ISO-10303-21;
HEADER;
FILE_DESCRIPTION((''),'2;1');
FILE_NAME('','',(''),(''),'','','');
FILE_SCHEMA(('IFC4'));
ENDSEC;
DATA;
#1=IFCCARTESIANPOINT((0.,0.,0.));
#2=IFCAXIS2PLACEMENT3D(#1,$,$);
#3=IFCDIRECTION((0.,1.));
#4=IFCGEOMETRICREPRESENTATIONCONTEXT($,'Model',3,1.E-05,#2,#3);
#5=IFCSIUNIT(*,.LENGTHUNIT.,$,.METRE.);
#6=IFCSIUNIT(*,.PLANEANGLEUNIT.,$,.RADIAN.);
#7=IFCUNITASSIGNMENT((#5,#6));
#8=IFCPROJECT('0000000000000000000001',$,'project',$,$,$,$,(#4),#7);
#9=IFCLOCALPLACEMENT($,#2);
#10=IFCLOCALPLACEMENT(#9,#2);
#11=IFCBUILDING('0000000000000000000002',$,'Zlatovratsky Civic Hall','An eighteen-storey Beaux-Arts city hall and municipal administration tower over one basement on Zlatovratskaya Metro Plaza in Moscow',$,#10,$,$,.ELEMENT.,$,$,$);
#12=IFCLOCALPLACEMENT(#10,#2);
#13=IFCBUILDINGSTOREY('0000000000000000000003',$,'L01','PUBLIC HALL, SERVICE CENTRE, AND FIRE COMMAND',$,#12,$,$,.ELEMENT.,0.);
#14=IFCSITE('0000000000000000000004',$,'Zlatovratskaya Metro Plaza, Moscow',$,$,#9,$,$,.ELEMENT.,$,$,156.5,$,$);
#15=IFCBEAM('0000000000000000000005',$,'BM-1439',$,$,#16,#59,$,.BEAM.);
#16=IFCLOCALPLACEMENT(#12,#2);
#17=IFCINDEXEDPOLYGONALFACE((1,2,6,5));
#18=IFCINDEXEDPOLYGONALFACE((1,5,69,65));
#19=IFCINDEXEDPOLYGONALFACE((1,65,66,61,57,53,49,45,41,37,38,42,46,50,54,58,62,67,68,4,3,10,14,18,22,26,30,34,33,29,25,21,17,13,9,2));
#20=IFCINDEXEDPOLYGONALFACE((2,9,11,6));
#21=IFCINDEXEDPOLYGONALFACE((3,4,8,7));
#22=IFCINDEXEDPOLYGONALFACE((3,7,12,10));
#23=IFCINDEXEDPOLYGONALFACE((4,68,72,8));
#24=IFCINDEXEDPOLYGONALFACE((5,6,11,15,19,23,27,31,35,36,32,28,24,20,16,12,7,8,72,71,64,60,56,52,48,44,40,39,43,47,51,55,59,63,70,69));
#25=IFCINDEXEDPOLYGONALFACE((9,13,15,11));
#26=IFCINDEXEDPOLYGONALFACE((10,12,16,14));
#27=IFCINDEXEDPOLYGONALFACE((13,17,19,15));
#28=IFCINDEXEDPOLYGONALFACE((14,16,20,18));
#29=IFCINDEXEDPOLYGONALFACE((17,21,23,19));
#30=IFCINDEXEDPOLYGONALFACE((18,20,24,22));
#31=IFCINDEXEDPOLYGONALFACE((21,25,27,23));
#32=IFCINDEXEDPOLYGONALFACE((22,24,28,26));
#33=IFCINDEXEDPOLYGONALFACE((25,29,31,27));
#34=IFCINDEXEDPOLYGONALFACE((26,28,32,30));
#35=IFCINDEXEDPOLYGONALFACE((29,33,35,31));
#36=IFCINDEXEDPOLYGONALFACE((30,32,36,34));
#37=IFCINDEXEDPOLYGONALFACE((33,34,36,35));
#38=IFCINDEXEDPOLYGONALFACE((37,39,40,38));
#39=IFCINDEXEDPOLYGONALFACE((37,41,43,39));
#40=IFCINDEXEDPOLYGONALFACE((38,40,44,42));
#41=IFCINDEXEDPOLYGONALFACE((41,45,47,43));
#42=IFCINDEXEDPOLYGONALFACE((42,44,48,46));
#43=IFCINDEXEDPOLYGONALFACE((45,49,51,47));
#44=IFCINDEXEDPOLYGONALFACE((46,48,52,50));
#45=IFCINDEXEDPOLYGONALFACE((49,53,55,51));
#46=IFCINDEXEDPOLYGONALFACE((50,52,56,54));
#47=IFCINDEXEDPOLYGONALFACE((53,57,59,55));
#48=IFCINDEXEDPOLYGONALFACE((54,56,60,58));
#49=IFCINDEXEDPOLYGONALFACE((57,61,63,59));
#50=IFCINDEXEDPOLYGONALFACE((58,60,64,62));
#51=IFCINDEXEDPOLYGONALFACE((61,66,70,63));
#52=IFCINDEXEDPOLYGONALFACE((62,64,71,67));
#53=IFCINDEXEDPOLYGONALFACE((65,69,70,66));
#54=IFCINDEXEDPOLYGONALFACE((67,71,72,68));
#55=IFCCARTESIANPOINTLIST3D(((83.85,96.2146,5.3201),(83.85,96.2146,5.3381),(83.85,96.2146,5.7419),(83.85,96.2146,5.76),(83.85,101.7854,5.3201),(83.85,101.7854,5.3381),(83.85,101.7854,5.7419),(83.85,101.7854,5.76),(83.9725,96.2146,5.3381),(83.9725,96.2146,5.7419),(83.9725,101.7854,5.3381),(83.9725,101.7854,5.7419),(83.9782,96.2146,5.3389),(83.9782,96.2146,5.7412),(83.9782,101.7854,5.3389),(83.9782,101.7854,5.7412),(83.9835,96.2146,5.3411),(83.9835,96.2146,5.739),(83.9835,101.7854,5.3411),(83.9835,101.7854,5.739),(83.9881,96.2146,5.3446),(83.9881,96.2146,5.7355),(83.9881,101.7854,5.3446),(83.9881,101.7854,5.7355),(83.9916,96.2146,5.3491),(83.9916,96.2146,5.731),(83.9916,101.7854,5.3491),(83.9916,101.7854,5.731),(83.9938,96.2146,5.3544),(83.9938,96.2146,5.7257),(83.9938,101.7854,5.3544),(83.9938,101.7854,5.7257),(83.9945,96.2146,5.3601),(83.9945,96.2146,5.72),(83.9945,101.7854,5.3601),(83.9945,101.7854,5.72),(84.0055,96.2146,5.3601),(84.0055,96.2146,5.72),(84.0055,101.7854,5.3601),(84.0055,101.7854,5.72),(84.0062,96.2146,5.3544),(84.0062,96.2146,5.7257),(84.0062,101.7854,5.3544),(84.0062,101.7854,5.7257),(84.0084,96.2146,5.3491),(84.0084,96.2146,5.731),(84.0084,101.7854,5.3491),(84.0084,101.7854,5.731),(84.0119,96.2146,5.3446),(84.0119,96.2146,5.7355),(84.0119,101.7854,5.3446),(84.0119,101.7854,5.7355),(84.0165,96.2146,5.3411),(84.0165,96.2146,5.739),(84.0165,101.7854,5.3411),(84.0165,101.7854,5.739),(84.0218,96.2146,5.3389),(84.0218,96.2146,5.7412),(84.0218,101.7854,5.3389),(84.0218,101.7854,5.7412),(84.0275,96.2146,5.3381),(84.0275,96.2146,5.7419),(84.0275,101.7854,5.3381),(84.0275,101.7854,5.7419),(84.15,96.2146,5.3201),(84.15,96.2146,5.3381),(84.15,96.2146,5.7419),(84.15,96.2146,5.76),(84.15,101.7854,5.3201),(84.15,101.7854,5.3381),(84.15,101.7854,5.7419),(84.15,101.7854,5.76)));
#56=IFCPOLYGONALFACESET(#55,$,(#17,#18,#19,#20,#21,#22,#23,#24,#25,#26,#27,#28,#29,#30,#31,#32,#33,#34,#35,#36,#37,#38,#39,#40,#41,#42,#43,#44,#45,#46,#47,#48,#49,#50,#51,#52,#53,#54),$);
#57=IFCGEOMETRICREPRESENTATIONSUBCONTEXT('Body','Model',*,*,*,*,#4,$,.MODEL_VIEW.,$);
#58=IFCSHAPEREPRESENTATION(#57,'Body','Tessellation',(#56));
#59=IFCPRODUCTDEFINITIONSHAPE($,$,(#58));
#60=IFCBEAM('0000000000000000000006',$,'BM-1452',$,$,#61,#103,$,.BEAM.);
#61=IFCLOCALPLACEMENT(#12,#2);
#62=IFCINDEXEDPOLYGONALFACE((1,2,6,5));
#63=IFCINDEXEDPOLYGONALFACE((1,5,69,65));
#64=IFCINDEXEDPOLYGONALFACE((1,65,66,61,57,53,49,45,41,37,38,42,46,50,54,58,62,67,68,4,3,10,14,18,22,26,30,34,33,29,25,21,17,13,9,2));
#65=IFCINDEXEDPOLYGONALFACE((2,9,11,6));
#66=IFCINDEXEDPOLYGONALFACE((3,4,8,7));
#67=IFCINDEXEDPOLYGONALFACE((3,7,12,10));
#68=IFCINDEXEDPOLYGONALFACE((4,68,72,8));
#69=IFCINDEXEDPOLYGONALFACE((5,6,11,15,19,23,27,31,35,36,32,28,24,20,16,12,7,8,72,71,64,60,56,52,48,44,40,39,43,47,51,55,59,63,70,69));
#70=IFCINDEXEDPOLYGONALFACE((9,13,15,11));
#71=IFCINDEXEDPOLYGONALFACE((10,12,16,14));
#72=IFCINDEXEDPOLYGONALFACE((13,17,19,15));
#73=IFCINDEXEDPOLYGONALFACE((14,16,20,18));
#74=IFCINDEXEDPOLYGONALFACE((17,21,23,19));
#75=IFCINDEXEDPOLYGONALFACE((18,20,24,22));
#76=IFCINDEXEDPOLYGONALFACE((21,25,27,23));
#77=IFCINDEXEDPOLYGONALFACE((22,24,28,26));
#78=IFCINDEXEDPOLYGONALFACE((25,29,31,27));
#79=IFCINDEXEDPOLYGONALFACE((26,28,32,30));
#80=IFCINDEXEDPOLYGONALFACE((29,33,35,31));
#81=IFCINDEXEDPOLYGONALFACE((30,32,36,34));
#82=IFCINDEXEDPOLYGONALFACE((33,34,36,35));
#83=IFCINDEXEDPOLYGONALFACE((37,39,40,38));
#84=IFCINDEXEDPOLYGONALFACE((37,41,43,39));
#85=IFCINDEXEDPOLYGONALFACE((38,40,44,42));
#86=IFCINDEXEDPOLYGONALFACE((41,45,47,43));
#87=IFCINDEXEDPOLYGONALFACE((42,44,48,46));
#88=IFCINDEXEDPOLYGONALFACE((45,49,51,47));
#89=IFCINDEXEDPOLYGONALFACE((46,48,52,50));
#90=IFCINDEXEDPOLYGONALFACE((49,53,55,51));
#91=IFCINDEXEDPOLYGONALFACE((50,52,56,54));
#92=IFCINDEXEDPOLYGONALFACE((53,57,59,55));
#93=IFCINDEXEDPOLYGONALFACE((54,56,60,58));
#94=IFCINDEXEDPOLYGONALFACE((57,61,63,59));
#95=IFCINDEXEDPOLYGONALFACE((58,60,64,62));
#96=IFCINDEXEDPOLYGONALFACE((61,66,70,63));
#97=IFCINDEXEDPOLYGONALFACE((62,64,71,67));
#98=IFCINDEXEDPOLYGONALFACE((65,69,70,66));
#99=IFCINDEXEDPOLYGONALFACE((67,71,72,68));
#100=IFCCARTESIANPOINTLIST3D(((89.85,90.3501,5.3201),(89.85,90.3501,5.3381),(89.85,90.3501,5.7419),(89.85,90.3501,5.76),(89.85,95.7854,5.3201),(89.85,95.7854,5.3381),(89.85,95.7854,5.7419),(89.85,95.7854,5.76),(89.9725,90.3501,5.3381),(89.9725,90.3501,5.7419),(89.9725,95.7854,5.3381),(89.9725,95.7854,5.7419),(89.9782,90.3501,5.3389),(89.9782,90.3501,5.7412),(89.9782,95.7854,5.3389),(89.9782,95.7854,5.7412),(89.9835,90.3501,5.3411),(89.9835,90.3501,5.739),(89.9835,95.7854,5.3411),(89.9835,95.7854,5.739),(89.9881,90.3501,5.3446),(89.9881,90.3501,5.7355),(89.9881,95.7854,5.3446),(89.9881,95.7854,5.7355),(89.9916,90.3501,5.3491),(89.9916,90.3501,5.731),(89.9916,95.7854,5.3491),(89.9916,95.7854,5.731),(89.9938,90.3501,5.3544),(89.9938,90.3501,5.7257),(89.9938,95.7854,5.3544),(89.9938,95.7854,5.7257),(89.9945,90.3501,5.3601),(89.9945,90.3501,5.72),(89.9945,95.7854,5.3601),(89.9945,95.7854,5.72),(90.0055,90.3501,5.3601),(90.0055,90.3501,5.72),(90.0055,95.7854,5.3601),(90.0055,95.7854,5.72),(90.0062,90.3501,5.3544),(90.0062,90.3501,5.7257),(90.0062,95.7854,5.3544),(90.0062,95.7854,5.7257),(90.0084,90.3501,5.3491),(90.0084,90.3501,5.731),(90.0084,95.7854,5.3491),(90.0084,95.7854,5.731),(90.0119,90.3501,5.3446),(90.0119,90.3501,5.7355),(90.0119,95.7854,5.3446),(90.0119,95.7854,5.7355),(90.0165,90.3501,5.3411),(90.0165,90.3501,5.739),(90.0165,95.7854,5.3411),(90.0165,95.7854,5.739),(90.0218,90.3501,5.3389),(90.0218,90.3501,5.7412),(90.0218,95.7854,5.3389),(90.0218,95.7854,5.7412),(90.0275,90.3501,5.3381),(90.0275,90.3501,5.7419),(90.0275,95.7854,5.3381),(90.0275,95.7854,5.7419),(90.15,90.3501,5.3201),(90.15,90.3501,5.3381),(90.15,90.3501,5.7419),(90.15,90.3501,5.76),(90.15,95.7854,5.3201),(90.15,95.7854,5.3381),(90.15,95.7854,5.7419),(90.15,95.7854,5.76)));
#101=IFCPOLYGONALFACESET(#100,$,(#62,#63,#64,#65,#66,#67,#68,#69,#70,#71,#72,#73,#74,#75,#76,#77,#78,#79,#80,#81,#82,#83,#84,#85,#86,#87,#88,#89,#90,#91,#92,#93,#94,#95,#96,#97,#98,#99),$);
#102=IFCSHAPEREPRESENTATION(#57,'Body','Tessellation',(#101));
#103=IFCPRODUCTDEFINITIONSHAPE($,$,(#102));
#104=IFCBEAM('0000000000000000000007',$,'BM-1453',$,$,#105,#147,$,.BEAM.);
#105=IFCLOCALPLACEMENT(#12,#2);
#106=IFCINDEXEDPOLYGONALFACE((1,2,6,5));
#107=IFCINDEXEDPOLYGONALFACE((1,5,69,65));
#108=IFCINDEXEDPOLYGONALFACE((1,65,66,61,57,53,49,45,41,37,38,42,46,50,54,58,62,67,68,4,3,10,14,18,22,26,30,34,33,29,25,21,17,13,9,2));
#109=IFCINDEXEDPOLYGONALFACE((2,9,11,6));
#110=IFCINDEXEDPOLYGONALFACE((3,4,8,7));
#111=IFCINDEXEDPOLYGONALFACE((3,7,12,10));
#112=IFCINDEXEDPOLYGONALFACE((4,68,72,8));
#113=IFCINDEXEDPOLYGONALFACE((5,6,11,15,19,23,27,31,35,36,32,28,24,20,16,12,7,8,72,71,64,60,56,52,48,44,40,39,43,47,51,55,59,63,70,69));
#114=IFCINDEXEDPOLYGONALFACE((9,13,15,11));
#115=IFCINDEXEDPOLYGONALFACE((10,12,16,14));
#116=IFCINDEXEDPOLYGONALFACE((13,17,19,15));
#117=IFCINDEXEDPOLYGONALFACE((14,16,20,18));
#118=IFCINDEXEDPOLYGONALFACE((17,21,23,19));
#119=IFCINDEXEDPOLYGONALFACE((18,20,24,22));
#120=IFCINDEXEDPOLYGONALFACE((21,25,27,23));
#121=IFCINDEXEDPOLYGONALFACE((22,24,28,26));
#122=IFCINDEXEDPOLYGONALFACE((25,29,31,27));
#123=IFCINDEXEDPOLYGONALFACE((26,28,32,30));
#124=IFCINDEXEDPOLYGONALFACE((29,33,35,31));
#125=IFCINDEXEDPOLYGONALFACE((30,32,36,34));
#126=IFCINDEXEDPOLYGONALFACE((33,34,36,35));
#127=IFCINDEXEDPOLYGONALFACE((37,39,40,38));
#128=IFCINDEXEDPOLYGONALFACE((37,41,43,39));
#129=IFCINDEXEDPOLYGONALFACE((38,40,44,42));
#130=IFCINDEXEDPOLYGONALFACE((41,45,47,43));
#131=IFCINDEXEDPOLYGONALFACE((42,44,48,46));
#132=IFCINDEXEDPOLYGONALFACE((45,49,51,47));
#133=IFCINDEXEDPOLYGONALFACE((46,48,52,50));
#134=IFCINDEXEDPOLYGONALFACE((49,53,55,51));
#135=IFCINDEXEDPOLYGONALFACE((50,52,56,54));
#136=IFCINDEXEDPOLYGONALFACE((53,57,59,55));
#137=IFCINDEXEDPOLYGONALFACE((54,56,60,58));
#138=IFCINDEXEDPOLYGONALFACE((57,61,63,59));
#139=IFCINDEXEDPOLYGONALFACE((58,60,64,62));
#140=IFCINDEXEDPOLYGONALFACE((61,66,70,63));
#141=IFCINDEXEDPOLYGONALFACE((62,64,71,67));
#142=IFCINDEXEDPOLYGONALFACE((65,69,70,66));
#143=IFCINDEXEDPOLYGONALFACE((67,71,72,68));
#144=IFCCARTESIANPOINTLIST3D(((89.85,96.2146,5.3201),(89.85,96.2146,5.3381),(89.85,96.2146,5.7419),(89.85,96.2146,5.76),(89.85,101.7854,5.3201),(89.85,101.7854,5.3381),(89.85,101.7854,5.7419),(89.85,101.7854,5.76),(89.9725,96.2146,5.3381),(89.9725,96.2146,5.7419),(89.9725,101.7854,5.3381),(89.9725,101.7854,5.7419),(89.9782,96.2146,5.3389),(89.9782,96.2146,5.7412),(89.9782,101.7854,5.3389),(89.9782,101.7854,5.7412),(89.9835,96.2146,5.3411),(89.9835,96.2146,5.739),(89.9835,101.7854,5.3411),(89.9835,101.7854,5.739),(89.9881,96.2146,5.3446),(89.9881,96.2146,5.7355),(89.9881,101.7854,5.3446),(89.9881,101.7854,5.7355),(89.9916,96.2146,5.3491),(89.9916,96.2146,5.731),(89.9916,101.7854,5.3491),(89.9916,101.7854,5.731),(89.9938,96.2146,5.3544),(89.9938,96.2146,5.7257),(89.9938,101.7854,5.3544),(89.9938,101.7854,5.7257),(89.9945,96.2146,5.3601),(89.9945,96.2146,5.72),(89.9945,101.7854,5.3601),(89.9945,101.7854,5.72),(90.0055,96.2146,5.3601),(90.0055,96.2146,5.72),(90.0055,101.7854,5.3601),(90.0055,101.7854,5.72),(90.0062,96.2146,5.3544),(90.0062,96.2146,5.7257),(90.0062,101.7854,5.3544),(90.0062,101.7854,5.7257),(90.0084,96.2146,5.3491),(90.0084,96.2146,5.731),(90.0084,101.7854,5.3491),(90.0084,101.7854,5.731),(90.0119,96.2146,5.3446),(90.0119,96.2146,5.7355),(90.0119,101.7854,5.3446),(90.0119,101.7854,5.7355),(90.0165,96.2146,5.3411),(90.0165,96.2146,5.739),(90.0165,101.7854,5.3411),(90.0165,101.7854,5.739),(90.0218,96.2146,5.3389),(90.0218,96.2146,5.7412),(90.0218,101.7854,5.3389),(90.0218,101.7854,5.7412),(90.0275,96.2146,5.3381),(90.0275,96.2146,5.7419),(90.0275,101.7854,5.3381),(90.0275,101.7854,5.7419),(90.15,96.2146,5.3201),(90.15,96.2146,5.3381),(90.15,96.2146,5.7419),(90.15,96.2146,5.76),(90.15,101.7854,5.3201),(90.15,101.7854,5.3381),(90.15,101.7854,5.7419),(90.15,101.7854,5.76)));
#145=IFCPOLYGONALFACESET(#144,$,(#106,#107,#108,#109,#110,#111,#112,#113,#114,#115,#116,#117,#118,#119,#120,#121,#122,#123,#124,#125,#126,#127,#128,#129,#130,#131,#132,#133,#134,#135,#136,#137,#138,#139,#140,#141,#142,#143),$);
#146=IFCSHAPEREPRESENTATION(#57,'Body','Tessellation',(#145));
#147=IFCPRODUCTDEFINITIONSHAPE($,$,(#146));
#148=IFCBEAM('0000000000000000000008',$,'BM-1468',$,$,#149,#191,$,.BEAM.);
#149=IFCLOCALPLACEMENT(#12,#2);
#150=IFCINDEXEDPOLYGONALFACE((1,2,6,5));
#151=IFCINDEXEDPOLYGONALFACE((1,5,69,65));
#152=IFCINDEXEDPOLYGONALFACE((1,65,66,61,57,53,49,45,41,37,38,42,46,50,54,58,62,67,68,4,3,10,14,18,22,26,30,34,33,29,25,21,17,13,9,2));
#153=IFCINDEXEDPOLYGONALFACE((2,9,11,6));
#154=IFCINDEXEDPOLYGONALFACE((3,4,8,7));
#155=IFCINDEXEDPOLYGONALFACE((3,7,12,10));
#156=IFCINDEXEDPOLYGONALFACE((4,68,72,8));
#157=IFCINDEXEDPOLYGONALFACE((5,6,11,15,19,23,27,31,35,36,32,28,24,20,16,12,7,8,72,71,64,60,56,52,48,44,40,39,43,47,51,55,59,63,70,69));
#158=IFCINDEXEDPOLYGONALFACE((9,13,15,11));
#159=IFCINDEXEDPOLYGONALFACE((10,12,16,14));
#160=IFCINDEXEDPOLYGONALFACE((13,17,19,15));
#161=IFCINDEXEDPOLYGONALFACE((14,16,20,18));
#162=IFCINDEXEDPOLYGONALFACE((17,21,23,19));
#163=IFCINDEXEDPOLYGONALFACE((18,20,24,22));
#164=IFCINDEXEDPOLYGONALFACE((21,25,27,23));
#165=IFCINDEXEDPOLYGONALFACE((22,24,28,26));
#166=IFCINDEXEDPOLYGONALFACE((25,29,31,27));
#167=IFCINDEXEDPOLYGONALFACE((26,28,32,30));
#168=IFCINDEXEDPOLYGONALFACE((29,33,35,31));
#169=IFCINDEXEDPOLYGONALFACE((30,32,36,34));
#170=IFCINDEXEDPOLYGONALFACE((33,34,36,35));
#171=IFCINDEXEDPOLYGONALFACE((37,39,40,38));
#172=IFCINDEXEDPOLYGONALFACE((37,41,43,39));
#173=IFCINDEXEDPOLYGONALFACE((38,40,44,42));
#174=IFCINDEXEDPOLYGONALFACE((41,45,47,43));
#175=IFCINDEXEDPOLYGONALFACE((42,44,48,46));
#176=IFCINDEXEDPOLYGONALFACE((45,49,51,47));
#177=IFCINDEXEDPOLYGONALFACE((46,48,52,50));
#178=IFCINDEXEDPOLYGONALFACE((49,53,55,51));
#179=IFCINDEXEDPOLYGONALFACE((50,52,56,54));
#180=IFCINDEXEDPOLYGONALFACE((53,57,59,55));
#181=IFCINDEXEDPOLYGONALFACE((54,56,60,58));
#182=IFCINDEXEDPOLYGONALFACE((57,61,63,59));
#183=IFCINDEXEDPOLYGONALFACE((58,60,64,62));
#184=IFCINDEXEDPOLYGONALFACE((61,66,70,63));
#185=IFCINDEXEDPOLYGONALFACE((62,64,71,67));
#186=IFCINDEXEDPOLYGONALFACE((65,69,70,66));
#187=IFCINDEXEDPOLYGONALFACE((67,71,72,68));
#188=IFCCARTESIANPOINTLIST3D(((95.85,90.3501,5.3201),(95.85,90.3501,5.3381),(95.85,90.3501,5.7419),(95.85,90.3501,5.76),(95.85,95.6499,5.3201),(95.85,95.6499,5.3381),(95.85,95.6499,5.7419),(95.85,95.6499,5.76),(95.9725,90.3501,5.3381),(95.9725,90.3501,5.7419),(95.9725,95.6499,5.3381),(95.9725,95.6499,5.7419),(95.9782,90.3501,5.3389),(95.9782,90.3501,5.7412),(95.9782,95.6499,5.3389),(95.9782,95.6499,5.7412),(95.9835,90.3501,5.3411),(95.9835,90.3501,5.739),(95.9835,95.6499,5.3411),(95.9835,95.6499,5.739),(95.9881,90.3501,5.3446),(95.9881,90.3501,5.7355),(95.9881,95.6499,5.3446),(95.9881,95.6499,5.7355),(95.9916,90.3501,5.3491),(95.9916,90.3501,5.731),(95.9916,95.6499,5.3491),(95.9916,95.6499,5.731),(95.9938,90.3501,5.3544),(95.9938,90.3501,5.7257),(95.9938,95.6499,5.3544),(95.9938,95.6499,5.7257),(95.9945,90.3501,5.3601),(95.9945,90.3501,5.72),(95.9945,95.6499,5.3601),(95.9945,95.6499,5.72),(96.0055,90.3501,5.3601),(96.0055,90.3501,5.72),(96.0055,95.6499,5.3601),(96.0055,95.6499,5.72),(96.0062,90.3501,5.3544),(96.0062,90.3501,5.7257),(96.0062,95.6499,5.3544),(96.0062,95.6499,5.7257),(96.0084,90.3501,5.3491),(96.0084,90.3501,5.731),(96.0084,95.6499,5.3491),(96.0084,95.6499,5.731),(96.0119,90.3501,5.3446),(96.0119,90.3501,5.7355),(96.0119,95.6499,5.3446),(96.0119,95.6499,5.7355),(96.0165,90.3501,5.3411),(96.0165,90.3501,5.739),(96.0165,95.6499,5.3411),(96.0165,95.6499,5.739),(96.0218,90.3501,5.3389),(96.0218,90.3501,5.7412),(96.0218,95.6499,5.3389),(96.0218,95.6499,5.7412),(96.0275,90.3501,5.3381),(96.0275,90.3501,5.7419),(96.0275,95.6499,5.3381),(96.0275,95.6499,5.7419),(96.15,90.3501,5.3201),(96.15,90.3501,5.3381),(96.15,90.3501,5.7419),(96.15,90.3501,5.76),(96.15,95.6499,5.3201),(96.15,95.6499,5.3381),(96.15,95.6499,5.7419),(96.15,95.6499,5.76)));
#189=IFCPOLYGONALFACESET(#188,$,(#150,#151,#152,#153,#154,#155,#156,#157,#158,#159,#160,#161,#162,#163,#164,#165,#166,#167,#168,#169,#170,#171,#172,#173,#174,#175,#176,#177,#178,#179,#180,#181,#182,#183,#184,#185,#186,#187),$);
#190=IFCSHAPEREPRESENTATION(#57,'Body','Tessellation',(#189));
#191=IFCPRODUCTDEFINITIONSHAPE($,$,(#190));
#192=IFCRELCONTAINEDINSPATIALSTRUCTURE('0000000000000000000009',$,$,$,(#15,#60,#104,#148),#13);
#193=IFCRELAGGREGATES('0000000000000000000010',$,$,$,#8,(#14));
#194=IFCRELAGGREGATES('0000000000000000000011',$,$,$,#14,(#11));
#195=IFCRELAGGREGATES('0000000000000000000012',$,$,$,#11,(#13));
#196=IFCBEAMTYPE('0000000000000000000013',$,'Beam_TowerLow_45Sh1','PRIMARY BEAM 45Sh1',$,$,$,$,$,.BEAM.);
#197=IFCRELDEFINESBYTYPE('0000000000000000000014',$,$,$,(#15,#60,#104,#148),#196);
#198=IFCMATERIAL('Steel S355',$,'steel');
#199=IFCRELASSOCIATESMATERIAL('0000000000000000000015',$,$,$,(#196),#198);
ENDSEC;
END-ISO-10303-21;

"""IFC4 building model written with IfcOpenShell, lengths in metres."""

from ifc_helpers import new_model, si_unit, direction, frame, origin, origin_2d, place, context, subcontext, project, spatial, i_section, extrude, material, material_profile, profile_set, type_object, element, save


model = new_model("IFC4")

# Units and contexts
model_context = context("Model", 3, precision=1e-05, world=origin(), true_north=direction((0.0, 1.0)))
body_context = subcontext(model_context, "Body", "Model", "MODEL_VIEW")
ifc_project = project(units=[si_unit("LENGTHUNIT", "METRE"), si_unit("PLANEANGLEUNIT", "RADIAN")], contexts=[model_context])

# Site, building, storey
site_placement = place(None, origin())
site = spatial("IfcSite", under=ifc_project, at=site_placement, Name="Zlatovratskaya Metro Plaza, Moscow", CompositionType="ELEMENT", RefElevation=156.5)
building_placement = place(site_placement, origin())
building = spatial("IfcBuilding", under=site, at=building_placement, Name="Zlatovratsky Civic Hall", Description="An eighteen-storey Beaux-Arts city hall and municipal administration tower over one basement on Zlatovratskaya Metro Plaza in Moscow", CompositionType="ELEMENT")
storey_placement = place(building_placement, origin())
storey = spatial("IfcBuildingStorey", under=building, at=storey_placement, Name="L01", Description="PUBLIC HALL, SERVICE CENTRE, AND FIRE COMMAND", CompositionType="ELEMENT", Elevation=0.0)

# Shared definitions
ifc_material_1 = material(Name="Steel S355", Category="steel")

# Beams
ifc_material_profile_1 = material_profile(ifc_material_1, i_section(OverallWidth=0.3, OverallDepth=0.4399, WebThickness=0.011, FlangeThickness=0.0181, FilletRadius=0.022, at=origin_2d()), Name="45Sh1")
ifc_profile_set_1 = profile_set([ifc_material_profile_1], Name="Steel S355")
beam_type_1 = type_object("IfcBeamType", Name="Beam_TowerLow_45Sh1", Description="PRIMARY BEAM 45Sh1", PredefinedType="BEAM", material=ifc_profile_set_1)
beam_1_placement = place(storey_placement, frame((84.0, 96.2146, 5.54), z_axis=(0.0, 1.0, 0.0), x_axis=(-1.0, 0.0, 0.0)))
element("IfcBeam", 1, at=beam_1_placement, inside=storey, type_object=beam_type_1, Name="BM-1439", PredefinedType="BEAM", context=body_context, shape_type="SweptSolid", body=[
    extrude(i_section(OverallWidth=0.3, OverallDepth=0.4399, WebThickness=0.011, FlangeThickness=0.0181, FilletRadius=0.022, at=origin_2d()), origin(), (0.0, 0.0, 1.0), 5.5708),
])
beam_2_placement = place(storey_placement, frame((90.0, 90.3501, 5.54), z_axis=(0.0, 1.0, 0.0), x_axis=(-1.0, 0.0, 0.0)))
element("IfcBeam", 2, at=beam_2_placement, inside=storey, type_object=beam_type_1, Name="BM-1452", PredefinedType="BEAM", context=body_context, shape_type="SweptSolid", body=[
    extrude(i_section(OverallWidth=0.3, OverallDepth=0.4399, WebThickness=0.011, FlangeThickness=0.0181, FilletRadius=0.022, at=origin_2d()), origin(), (0.0, 0.0, 1.0), 5.4353),
])
beam_3_placement = place(storey_placement, frame((90.0, 96.2146, 5.54), z_axis=(0.0, 1.0, 0.0), x_axis=(-1.0, 0.0, 0.0)))
element("IfcBeam", 3, at=beam_3_placement, inside=storey, type_object=beam_type_1, Name="BM-1453", PredefinedType="BEAM", context=body_context, shape_type="SweptSolid", body=[
    extrude(i_section(OverallWidth=0.3, OverallDepth=0.4399, WebThickness=0.011, FlangeThickness=0.0181, FilletRadius=0.022, at=origin_2d()), origin(), (0.0, 0.0, 1.0), 5.5708),
])
beam_4_placement = place(storey_placement, frame((96.0, 90.3501, 5.54), z_axis=(0.0, 1.0, 0.0), x_axis=(-1.0, 0.0, 0.0)))
element("IfcBeam", 4, at=beam_4_placement, inside=storey, type_object=beam_type_1, Name="BM-1468", PredefinedType="BEAM", context=body_context, shape_type="SweptSolid", body=[
    extrude(i_section(OverallWidth=0.3, OverallDepth=0.4399, WebThickness=0.011, FlangeThickness=0.0181, FilletRadius=0.022, at=origin_2d()), origin(), (0.0, 0.0, 1.0), 5.2998),
])

save(model, "model.ifc")
